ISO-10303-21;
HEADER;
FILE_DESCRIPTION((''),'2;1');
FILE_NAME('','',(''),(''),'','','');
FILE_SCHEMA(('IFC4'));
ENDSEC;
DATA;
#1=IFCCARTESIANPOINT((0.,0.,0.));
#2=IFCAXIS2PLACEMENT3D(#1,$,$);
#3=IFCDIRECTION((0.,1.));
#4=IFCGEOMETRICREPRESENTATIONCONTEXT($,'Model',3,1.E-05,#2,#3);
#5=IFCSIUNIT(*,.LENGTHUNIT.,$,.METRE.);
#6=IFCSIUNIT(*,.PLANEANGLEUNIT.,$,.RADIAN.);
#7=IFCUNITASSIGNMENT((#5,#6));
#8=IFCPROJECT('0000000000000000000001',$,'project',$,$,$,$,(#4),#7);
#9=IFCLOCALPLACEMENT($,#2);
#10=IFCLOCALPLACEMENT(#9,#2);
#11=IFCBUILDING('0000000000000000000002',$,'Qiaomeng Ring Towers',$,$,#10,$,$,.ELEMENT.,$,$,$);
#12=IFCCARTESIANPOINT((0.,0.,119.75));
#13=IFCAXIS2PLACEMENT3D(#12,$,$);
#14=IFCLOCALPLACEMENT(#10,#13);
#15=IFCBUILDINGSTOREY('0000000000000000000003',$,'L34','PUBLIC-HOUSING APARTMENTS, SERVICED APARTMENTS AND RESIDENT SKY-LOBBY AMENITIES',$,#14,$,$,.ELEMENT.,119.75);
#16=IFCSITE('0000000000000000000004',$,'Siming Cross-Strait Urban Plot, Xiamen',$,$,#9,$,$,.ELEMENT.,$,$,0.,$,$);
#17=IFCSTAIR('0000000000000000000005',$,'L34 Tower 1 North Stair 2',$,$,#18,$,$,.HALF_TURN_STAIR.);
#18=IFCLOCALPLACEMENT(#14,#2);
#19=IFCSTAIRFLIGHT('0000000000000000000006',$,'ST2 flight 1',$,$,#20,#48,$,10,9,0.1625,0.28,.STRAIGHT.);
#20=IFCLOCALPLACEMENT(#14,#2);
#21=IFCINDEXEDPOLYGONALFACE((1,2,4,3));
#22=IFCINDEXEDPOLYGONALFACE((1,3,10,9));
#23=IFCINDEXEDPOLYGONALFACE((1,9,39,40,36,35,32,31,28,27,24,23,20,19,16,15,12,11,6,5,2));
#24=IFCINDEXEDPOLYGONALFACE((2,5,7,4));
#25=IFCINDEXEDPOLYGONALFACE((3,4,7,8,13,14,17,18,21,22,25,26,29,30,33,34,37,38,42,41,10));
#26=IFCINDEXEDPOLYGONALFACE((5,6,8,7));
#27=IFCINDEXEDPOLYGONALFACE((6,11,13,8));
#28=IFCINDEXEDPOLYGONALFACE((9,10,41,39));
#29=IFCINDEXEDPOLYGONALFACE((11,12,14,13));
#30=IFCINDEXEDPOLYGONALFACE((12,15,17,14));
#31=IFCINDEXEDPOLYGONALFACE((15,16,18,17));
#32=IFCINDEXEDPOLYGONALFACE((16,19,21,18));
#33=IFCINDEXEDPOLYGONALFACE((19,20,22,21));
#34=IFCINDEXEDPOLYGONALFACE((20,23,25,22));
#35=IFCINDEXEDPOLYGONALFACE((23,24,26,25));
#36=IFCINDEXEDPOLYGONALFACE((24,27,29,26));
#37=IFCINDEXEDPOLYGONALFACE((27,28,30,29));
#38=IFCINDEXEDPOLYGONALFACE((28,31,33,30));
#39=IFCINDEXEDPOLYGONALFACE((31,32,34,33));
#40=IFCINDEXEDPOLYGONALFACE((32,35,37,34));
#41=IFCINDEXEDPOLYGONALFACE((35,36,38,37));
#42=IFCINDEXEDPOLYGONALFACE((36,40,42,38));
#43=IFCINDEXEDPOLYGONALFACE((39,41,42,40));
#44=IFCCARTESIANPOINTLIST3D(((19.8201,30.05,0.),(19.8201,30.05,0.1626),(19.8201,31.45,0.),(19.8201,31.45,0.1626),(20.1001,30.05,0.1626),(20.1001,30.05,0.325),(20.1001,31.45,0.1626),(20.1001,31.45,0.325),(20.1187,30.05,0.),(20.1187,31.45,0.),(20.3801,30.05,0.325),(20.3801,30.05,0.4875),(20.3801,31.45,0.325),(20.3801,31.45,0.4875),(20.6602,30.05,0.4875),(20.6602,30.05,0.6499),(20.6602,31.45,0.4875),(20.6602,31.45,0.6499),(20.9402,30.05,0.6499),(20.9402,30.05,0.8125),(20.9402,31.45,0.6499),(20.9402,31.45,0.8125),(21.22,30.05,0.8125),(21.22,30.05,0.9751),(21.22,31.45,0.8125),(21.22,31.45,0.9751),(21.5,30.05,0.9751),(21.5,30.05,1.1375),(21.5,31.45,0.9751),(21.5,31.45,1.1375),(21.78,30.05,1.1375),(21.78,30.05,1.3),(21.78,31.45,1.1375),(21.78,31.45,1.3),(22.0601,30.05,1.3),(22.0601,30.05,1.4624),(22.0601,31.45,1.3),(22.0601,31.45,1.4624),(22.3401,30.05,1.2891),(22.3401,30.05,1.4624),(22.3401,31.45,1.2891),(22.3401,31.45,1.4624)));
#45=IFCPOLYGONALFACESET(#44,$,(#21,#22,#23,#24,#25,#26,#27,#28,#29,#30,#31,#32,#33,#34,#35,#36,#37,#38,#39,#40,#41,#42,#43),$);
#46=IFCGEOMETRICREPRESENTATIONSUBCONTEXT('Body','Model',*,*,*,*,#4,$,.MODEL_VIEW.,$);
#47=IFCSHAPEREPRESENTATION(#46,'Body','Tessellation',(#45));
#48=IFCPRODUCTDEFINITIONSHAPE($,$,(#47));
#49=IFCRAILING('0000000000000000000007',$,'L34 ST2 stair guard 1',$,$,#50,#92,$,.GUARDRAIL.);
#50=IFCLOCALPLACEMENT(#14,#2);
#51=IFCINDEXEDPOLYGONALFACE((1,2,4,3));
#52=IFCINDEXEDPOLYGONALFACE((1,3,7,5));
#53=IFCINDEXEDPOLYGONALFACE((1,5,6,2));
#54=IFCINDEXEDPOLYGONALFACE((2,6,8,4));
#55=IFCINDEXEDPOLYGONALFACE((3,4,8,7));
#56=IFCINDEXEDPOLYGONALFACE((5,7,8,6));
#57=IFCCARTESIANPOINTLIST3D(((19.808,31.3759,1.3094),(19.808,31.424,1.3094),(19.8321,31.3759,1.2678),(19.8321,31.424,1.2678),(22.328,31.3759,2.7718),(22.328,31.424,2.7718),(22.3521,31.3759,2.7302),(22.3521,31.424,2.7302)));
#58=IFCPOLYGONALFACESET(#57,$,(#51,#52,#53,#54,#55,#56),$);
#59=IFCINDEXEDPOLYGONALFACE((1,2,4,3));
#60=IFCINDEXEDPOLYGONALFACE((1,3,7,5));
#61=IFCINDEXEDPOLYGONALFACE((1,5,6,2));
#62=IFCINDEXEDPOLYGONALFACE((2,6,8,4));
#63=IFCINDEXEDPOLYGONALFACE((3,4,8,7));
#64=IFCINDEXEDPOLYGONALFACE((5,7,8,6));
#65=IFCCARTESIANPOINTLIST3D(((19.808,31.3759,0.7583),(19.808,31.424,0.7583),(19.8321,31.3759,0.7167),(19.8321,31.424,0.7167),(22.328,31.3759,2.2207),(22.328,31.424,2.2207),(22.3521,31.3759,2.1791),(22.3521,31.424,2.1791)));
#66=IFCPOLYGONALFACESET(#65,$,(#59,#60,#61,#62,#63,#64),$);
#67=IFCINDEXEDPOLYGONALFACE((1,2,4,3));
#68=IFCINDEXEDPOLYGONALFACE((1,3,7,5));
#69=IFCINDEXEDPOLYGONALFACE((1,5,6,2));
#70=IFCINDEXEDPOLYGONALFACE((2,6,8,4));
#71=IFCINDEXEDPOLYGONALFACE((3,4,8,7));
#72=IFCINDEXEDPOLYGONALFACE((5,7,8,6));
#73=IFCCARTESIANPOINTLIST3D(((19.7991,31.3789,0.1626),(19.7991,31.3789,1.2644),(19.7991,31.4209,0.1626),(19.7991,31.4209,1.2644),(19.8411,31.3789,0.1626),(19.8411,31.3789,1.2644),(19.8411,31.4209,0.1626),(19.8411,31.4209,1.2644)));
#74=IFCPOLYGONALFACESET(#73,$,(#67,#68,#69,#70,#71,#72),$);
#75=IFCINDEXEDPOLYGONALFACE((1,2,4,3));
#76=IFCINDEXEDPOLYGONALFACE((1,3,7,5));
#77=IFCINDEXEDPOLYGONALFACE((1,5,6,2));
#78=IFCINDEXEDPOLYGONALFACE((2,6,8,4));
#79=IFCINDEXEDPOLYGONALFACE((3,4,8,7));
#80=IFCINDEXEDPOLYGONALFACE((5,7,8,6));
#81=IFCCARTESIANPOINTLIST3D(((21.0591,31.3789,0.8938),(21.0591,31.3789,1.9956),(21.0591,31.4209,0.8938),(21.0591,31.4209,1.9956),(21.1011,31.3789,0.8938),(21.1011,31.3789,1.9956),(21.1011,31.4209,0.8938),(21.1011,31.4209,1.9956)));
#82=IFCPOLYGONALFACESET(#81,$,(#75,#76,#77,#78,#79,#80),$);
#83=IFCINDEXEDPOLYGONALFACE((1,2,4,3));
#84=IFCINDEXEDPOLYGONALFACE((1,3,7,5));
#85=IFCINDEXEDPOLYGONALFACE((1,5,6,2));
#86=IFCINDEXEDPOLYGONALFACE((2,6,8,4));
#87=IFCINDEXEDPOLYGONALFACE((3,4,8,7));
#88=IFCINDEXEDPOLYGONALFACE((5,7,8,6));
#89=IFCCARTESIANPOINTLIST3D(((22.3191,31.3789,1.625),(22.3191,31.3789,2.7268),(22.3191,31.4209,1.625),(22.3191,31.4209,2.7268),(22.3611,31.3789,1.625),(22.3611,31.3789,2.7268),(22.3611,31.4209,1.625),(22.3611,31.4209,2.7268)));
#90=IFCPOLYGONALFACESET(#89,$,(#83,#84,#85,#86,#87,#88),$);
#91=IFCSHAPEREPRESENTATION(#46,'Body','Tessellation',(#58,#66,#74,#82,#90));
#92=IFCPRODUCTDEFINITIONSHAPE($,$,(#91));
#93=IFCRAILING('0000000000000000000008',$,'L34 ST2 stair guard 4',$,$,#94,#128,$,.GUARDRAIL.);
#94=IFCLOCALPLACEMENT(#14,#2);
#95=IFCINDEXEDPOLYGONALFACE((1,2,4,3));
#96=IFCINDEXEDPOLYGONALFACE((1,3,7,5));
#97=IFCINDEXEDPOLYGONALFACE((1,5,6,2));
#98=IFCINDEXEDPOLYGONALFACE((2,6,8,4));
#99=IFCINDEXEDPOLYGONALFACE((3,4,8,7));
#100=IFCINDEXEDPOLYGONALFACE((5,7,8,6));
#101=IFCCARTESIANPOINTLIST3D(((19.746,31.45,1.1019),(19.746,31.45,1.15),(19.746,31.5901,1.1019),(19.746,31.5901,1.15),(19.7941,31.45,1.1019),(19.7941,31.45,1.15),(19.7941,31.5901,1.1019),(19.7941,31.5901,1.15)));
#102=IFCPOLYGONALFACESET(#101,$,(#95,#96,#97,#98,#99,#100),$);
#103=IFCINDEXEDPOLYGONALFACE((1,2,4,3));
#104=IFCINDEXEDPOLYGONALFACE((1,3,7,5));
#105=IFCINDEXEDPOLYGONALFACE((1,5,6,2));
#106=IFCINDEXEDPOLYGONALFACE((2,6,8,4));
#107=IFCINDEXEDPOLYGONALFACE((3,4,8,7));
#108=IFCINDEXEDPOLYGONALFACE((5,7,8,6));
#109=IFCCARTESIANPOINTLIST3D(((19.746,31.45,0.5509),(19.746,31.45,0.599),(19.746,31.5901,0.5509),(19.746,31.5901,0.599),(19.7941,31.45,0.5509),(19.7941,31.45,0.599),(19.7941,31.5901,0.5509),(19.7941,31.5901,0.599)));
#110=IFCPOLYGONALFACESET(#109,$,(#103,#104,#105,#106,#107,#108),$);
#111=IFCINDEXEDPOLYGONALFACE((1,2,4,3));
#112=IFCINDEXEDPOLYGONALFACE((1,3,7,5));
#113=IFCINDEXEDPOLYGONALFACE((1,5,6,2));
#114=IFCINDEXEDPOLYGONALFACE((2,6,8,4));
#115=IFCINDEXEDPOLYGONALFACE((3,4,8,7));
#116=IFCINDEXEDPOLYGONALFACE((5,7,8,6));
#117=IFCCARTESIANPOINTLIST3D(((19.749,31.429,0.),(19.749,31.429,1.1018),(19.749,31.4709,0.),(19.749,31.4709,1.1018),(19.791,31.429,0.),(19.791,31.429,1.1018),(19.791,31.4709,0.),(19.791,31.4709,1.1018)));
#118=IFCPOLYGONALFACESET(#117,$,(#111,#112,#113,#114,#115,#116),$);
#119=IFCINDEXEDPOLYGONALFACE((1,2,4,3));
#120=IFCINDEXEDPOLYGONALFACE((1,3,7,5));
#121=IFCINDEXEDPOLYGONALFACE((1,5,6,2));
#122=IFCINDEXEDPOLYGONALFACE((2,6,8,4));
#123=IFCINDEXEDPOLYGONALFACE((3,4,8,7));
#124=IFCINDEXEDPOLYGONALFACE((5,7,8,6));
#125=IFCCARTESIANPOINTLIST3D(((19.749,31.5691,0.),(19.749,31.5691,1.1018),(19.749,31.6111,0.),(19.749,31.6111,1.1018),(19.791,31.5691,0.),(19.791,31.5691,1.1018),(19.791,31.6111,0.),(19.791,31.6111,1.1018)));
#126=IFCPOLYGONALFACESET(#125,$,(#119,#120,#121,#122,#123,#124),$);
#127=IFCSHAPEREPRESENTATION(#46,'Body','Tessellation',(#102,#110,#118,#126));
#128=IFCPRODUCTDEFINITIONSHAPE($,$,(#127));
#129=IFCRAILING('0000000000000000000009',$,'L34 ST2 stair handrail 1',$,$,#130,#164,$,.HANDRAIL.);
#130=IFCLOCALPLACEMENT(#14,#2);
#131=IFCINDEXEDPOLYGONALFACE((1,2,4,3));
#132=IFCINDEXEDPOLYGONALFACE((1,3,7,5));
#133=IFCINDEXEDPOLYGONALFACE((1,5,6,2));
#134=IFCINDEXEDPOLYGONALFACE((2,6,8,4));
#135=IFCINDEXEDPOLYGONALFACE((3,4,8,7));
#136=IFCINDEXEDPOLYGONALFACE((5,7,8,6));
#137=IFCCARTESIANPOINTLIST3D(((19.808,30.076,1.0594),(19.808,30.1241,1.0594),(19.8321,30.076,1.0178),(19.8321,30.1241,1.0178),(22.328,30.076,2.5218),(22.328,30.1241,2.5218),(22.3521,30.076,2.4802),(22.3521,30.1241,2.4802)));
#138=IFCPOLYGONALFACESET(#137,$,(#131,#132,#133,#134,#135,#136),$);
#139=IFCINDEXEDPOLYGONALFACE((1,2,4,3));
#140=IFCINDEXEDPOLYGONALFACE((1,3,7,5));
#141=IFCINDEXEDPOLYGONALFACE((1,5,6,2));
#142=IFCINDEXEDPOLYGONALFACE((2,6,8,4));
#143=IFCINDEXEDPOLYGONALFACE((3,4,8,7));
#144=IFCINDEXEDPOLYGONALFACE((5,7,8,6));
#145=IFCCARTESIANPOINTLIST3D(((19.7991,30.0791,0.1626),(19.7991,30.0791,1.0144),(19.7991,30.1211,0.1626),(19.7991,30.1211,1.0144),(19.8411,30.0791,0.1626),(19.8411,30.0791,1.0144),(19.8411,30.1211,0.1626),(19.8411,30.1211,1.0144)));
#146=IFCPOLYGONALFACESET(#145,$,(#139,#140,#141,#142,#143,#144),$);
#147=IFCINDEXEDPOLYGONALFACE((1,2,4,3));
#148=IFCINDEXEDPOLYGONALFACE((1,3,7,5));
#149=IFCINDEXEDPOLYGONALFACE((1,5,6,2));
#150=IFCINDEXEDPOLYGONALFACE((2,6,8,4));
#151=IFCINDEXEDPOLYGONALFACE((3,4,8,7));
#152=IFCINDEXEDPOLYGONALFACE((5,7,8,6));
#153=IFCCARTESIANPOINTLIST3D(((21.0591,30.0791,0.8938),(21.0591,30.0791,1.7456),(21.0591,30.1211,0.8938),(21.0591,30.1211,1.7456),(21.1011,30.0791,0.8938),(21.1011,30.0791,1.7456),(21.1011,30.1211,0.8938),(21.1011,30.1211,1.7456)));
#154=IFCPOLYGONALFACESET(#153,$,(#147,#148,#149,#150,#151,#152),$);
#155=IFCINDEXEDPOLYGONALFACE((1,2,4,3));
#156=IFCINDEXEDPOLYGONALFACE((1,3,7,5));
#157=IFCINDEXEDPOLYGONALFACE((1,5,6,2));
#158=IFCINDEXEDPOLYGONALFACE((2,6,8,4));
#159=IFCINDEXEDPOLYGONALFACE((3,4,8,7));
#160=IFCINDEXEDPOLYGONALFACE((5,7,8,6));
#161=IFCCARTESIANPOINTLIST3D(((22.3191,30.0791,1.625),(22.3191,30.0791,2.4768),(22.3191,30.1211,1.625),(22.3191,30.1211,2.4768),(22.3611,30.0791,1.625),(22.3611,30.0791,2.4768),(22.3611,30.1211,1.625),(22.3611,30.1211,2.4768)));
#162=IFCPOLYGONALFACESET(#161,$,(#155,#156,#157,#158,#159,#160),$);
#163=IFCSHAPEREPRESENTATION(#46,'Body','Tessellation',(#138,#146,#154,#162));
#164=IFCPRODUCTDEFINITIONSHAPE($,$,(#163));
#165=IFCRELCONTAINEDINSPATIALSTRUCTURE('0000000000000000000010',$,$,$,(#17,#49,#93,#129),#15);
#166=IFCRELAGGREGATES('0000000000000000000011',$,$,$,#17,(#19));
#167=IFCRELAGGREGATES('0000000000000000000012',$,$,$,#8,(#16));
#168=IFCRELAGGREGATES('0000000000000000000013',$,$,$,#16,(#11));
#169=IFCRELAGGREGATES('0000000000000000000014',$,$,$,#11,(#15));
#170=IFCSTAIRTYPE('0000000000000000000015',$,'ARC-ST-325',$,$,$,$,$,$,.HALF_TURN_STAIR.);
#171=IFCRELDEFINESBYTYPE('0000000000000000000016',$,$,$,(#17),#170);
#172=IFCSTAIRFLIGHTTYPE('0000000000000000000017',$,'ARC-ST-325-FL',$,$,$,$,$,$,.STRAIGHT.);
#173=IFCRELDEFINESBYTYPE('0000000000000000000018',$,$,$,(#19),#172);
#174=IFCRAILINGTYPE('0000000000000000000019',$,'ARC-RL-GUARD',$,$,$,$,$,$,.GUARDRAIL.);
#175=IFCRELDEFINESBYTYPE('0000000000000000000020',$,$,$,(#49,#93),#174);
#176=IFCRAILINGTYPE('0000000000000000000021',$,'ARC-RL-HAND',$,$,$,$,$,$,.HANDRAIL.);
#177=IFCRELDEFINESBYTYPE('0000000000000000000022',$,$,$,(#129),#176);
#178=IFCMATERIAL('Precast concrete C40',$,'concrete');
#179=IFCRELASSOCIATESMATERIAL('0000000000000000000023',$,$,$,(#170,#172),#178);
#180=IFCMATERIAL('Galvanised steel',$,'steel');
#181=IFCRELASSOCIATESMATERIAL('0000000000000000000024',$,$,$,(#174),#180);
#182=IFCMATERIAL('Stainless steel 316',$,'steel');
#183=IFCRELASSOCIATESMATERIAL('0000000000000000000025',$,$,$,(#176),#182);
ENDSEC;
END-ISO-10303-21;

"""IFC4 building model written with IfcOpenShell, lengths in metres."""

from ifc_helpers import new_model, si_unit, direction, frame, origin, origin_2d, place, context, subcontext, project, spatial, polyline, rectangle, outline, extrude, source, transform, mapped, material, type_object, element, aggregate, save


model = new_model("IFC4")

# Units and contexts
model_context = context("Model", 3, precision=1e-05, world=origin(), true_north=direction((0.0, 1.0)))
body_context = subcontext(model_context, "Body", "Model", "MODEL_VIEW")
ifc_project = project(units=[si_unit("LENGTHUNIT", "METRE"), si_unit("PLANEANGLEUNIT", "RADIAN")], contexts=[model_context])

# Site, building, storey
site_placement = place(None, origin())
site = spatial("IfcSite", under=ifc_project, at=site_placement, Name="Siming Cross-Strait Urban Plot, Xiamen", CompositionType="ELEMENT", RefElevation=0.0)
building_placement = place(site_placement, origin())
building = spatial("IfcBuilding", under=site, at=building_placement, Name="Qiaomeng Ring Towers", CompositionType="ELEMENT")
storey_placement = place(building_placement, frame((0.0, 0.0, 119.75)))
storey = spatial("IfcBuildingStorey", under=building, at=storey_placement, Name="L34", Description="PUBLIC-HOUSING APARTMENTS, SERVICED APARTMENTS AND RESIDENT SKY-LOBBY AMENITIES", CompositionType="ELEMENT", Elevation=119.75)

# Stair, stair flight
ifc_material_1 = material(Name="Precast concrete C40", Category="concrete")
stair_type = type_object("IfcStairType", Name="ARC-ST-325", PredefinedType="HALF_TURN_STAIR", material=ifc_material_1)
stair_placement = place(storey_placement, origin())
stair = element("IfcStair", 1, at=stair_placement, inside=storey, type_object=stair_type, Name="L34 Tower 1 North Stair 2", PredefinedType="HALF_TURN_STAIR")
stair_flight_type = type_object("IfcStairFlightType", Name="ARC-ST-325-FL", PredefinedType="STRAIGHT", material=ifc_material_1)
shared_shape_1 = source(origin(), body_context, "Body", "SweptSolid", [
    extrude(outline(polyline([(0.0, 0.0), (0.0, 0.1626), (0.28, 0.1626), (0.28, 0.325), (0.5601, 0.325), (0.5601, 0.4875), (0.8401, 0.4875), (0.8401, 0.6499), (1.1201, 0.6499), (1.1201, 0.8125), (1.3999, 0.8125), (1.3999, 0.9751), (1.6799, 0.9751), (1.6799, 1.1375), (1.96, 1.1375), (1.96, 1.3), (2.24, 1.3), (2.24, 1.4624), (2.52, 1.4624), (2.52, 1.625), (2.52, 1.2891), (0.2986, 0.0), (0.0, 0.0)])), frame((0.0, 0.7, 0.0), z_axis=(0.0, -1.0, 0.0), x_axis=(1.0, 0.0, 0.0)), (0.0, 0.0, 1.0), 1.3999),
])
stair_flight_placement = place(storey_placement, frame((19.8201, 30.75, 0.0), z_axis=(0.0, 0.0, 1.0), x_axis=(1.0, 0.0, 0.0)))
stair_flight = element("IfcStairFlight", 2, at=stair_flight_placement, type_object=stair_flight_type, Name="ST2 flight 1", NumberOfRisers=10, NumberOfTreads=9, PredefinedType="STRAIGHT", RiserHeight=0.1625, TreadLength=0.28, context=body_context, shape_type="MappedRepresentation", body=[
    mapped(shared_shape_1, transform((0.0, 0.0, 0.0), x_axis=(1.0, 0.0, 0.0), y_axis=(0.0, 1.0, 0.0), z_axis=(0.0, 0.0, 1.0), scale=1.0)),
])
aggregate(stair, [stair_flight])

# Railings
ifc_material_2 = material(Name="Galvanised steel", Category="steel")
railing_type_1 = type_object("IfcRailingType", Name="ARC-RL-GUARD", PredefinedType="GUARDRAIL", material=ifc_material_2)
railing_1_placement = place(storey_placement, frame((19.8201, 31.3999, 0.1626)))
element("IfcRailing", 3, at=railing_1_placement, inside=storey, type_object=railing_type_1, Name="L34 ST2 stair guard 1", PredefinedType="GUARDRAIL", context=body_context, shape_type="SweptSolid", body=[
    extrude(rectangle(XDim=0.0481, YDim=0.0481, at=origin_2d()), frame((0.0, 0.0, 1.126), z_axis=(0.864913, 0.0, 0.501921), x_axis=(0.0, 1.0, 0.0)), (0.0, 0.0, 1.0), 2.9136),
    extrude(rectangle(XDim=0.0481, YDim=0.0481, at=origin_2d()), frame((0.0, 0.0, 0.575), z_axis=(0.864913, 0.0, 0.501921), x_axis=(0.0, 1.0, 0.0)), (0.0, 0.0, 1.0), 2.9136),
    extrude(rectangle(XDim=0.042, YDim=0.042, at=origin_2d()), origin(), (0.0, 0.0, 1.0), 1.1018),
    extrude(rectangle(XDim=0.042, YDim=0.042, at=origin_2d()), frame((1.26, 0.0, 0.7312)), (0.0, 0.0, 1.0), 1.1018),
    extrude(rectangle(XDim=0.042, YDim=0.042, at=origin_2d()), frame((2.52, 0.0, 1.4624)), (0.0, 0.0, 1.0), 1.1018),
])
railing_2_placement = place(storey_placement, frame((19.77, 31.45, 0.0)))
element("IfcRailing", 4, at=railing_2_placement, inside=storey, type_object=railing_type_1, Name="L34 ST2 stair guard 4", PredefinedType="GUARDRAIL", context=body_context, shape_type="SweptSolid", body=[
    extrude(rectangle(XDim=0.0481, YDim=0.0481, at=origin_2d()), frame((0.0, 0.0, 1.126), z_axis=(0.0, 1.0, 0.0), x_axis=(-1.0, 0.0, 0.0)), (0.0, 0.0, 1.0), 0.1401),
    extrude(rectangle(XDim=0.0481, YDim=0.0481, at=origin_2d()), frame((0.0, 0.0, 0.575), z_axis=(0.0, 1.0, 0.0), x_axis=(-1.0, 0.0, 0.0)), (0.0, 0.0, 1.0), 0.1401),
    extrude(rectangle(XDim=0.042, YDim=0.042, at=origin_2d()), origin(), (0.0, 0.0, 1.0), 1.1018),
    extrude(rectangle(XDim=0.042, YDim=0.042, at=origin_2d()), frame((0.0, 0.1401, 0.0)), (0.0, 0.0, 1.0), 1.1018),
])
ifc_material_3 = material(Name="Stainless steel 316", Category="steel")
railing_type_2 = type_object("IfcRailingType", Name="ARC-RL-HAND", PredefinedType="HANDRAIL", material=ifc_material_3)
railing_3_placement = place(storey_placement, frame((19.8201, 30.1001, 0.1626)))
element("IfcRailing", 5, at=railing_3_placement, inside=storey, type_object=railing_type_2, Name="L34 ST2 stair handrail 1", PredefinedType="HANDRAIL", context=body_context, shape_type="SweptSolid", body=[
    extrude(rectangle(XDim=0.0481, YDim=0.0481, at=origin_2d()), frame((0.0, 0.0, 0.876), z_axis=(0.864913, 0.0, 0.501921), x_axis=(0.0, 1.0, 0.0)), (0.0, 0.0, 1.0), 2.9136),
    extrude(rectangle(XDim=0.042, YDim=0.042, at=origin_2d()), origin(), (0.0, 0.0, 1.0), 0.8518),
    extrude(rectangle(XDim=0.042, YDim=0.042, at=origin_2d()), frame((1.26, 0.0, 0.7312)), (0.0, 0.0, 1.0), 0.8518),
    extrude(rectangle(XDim=0.042, YDim=0.042, at=origin_2d()), frame((2.52, 0.0, 1.4624)), (0.0, 0.0, 1.0), 0.8518),
])

save(model, "model.ifc")
